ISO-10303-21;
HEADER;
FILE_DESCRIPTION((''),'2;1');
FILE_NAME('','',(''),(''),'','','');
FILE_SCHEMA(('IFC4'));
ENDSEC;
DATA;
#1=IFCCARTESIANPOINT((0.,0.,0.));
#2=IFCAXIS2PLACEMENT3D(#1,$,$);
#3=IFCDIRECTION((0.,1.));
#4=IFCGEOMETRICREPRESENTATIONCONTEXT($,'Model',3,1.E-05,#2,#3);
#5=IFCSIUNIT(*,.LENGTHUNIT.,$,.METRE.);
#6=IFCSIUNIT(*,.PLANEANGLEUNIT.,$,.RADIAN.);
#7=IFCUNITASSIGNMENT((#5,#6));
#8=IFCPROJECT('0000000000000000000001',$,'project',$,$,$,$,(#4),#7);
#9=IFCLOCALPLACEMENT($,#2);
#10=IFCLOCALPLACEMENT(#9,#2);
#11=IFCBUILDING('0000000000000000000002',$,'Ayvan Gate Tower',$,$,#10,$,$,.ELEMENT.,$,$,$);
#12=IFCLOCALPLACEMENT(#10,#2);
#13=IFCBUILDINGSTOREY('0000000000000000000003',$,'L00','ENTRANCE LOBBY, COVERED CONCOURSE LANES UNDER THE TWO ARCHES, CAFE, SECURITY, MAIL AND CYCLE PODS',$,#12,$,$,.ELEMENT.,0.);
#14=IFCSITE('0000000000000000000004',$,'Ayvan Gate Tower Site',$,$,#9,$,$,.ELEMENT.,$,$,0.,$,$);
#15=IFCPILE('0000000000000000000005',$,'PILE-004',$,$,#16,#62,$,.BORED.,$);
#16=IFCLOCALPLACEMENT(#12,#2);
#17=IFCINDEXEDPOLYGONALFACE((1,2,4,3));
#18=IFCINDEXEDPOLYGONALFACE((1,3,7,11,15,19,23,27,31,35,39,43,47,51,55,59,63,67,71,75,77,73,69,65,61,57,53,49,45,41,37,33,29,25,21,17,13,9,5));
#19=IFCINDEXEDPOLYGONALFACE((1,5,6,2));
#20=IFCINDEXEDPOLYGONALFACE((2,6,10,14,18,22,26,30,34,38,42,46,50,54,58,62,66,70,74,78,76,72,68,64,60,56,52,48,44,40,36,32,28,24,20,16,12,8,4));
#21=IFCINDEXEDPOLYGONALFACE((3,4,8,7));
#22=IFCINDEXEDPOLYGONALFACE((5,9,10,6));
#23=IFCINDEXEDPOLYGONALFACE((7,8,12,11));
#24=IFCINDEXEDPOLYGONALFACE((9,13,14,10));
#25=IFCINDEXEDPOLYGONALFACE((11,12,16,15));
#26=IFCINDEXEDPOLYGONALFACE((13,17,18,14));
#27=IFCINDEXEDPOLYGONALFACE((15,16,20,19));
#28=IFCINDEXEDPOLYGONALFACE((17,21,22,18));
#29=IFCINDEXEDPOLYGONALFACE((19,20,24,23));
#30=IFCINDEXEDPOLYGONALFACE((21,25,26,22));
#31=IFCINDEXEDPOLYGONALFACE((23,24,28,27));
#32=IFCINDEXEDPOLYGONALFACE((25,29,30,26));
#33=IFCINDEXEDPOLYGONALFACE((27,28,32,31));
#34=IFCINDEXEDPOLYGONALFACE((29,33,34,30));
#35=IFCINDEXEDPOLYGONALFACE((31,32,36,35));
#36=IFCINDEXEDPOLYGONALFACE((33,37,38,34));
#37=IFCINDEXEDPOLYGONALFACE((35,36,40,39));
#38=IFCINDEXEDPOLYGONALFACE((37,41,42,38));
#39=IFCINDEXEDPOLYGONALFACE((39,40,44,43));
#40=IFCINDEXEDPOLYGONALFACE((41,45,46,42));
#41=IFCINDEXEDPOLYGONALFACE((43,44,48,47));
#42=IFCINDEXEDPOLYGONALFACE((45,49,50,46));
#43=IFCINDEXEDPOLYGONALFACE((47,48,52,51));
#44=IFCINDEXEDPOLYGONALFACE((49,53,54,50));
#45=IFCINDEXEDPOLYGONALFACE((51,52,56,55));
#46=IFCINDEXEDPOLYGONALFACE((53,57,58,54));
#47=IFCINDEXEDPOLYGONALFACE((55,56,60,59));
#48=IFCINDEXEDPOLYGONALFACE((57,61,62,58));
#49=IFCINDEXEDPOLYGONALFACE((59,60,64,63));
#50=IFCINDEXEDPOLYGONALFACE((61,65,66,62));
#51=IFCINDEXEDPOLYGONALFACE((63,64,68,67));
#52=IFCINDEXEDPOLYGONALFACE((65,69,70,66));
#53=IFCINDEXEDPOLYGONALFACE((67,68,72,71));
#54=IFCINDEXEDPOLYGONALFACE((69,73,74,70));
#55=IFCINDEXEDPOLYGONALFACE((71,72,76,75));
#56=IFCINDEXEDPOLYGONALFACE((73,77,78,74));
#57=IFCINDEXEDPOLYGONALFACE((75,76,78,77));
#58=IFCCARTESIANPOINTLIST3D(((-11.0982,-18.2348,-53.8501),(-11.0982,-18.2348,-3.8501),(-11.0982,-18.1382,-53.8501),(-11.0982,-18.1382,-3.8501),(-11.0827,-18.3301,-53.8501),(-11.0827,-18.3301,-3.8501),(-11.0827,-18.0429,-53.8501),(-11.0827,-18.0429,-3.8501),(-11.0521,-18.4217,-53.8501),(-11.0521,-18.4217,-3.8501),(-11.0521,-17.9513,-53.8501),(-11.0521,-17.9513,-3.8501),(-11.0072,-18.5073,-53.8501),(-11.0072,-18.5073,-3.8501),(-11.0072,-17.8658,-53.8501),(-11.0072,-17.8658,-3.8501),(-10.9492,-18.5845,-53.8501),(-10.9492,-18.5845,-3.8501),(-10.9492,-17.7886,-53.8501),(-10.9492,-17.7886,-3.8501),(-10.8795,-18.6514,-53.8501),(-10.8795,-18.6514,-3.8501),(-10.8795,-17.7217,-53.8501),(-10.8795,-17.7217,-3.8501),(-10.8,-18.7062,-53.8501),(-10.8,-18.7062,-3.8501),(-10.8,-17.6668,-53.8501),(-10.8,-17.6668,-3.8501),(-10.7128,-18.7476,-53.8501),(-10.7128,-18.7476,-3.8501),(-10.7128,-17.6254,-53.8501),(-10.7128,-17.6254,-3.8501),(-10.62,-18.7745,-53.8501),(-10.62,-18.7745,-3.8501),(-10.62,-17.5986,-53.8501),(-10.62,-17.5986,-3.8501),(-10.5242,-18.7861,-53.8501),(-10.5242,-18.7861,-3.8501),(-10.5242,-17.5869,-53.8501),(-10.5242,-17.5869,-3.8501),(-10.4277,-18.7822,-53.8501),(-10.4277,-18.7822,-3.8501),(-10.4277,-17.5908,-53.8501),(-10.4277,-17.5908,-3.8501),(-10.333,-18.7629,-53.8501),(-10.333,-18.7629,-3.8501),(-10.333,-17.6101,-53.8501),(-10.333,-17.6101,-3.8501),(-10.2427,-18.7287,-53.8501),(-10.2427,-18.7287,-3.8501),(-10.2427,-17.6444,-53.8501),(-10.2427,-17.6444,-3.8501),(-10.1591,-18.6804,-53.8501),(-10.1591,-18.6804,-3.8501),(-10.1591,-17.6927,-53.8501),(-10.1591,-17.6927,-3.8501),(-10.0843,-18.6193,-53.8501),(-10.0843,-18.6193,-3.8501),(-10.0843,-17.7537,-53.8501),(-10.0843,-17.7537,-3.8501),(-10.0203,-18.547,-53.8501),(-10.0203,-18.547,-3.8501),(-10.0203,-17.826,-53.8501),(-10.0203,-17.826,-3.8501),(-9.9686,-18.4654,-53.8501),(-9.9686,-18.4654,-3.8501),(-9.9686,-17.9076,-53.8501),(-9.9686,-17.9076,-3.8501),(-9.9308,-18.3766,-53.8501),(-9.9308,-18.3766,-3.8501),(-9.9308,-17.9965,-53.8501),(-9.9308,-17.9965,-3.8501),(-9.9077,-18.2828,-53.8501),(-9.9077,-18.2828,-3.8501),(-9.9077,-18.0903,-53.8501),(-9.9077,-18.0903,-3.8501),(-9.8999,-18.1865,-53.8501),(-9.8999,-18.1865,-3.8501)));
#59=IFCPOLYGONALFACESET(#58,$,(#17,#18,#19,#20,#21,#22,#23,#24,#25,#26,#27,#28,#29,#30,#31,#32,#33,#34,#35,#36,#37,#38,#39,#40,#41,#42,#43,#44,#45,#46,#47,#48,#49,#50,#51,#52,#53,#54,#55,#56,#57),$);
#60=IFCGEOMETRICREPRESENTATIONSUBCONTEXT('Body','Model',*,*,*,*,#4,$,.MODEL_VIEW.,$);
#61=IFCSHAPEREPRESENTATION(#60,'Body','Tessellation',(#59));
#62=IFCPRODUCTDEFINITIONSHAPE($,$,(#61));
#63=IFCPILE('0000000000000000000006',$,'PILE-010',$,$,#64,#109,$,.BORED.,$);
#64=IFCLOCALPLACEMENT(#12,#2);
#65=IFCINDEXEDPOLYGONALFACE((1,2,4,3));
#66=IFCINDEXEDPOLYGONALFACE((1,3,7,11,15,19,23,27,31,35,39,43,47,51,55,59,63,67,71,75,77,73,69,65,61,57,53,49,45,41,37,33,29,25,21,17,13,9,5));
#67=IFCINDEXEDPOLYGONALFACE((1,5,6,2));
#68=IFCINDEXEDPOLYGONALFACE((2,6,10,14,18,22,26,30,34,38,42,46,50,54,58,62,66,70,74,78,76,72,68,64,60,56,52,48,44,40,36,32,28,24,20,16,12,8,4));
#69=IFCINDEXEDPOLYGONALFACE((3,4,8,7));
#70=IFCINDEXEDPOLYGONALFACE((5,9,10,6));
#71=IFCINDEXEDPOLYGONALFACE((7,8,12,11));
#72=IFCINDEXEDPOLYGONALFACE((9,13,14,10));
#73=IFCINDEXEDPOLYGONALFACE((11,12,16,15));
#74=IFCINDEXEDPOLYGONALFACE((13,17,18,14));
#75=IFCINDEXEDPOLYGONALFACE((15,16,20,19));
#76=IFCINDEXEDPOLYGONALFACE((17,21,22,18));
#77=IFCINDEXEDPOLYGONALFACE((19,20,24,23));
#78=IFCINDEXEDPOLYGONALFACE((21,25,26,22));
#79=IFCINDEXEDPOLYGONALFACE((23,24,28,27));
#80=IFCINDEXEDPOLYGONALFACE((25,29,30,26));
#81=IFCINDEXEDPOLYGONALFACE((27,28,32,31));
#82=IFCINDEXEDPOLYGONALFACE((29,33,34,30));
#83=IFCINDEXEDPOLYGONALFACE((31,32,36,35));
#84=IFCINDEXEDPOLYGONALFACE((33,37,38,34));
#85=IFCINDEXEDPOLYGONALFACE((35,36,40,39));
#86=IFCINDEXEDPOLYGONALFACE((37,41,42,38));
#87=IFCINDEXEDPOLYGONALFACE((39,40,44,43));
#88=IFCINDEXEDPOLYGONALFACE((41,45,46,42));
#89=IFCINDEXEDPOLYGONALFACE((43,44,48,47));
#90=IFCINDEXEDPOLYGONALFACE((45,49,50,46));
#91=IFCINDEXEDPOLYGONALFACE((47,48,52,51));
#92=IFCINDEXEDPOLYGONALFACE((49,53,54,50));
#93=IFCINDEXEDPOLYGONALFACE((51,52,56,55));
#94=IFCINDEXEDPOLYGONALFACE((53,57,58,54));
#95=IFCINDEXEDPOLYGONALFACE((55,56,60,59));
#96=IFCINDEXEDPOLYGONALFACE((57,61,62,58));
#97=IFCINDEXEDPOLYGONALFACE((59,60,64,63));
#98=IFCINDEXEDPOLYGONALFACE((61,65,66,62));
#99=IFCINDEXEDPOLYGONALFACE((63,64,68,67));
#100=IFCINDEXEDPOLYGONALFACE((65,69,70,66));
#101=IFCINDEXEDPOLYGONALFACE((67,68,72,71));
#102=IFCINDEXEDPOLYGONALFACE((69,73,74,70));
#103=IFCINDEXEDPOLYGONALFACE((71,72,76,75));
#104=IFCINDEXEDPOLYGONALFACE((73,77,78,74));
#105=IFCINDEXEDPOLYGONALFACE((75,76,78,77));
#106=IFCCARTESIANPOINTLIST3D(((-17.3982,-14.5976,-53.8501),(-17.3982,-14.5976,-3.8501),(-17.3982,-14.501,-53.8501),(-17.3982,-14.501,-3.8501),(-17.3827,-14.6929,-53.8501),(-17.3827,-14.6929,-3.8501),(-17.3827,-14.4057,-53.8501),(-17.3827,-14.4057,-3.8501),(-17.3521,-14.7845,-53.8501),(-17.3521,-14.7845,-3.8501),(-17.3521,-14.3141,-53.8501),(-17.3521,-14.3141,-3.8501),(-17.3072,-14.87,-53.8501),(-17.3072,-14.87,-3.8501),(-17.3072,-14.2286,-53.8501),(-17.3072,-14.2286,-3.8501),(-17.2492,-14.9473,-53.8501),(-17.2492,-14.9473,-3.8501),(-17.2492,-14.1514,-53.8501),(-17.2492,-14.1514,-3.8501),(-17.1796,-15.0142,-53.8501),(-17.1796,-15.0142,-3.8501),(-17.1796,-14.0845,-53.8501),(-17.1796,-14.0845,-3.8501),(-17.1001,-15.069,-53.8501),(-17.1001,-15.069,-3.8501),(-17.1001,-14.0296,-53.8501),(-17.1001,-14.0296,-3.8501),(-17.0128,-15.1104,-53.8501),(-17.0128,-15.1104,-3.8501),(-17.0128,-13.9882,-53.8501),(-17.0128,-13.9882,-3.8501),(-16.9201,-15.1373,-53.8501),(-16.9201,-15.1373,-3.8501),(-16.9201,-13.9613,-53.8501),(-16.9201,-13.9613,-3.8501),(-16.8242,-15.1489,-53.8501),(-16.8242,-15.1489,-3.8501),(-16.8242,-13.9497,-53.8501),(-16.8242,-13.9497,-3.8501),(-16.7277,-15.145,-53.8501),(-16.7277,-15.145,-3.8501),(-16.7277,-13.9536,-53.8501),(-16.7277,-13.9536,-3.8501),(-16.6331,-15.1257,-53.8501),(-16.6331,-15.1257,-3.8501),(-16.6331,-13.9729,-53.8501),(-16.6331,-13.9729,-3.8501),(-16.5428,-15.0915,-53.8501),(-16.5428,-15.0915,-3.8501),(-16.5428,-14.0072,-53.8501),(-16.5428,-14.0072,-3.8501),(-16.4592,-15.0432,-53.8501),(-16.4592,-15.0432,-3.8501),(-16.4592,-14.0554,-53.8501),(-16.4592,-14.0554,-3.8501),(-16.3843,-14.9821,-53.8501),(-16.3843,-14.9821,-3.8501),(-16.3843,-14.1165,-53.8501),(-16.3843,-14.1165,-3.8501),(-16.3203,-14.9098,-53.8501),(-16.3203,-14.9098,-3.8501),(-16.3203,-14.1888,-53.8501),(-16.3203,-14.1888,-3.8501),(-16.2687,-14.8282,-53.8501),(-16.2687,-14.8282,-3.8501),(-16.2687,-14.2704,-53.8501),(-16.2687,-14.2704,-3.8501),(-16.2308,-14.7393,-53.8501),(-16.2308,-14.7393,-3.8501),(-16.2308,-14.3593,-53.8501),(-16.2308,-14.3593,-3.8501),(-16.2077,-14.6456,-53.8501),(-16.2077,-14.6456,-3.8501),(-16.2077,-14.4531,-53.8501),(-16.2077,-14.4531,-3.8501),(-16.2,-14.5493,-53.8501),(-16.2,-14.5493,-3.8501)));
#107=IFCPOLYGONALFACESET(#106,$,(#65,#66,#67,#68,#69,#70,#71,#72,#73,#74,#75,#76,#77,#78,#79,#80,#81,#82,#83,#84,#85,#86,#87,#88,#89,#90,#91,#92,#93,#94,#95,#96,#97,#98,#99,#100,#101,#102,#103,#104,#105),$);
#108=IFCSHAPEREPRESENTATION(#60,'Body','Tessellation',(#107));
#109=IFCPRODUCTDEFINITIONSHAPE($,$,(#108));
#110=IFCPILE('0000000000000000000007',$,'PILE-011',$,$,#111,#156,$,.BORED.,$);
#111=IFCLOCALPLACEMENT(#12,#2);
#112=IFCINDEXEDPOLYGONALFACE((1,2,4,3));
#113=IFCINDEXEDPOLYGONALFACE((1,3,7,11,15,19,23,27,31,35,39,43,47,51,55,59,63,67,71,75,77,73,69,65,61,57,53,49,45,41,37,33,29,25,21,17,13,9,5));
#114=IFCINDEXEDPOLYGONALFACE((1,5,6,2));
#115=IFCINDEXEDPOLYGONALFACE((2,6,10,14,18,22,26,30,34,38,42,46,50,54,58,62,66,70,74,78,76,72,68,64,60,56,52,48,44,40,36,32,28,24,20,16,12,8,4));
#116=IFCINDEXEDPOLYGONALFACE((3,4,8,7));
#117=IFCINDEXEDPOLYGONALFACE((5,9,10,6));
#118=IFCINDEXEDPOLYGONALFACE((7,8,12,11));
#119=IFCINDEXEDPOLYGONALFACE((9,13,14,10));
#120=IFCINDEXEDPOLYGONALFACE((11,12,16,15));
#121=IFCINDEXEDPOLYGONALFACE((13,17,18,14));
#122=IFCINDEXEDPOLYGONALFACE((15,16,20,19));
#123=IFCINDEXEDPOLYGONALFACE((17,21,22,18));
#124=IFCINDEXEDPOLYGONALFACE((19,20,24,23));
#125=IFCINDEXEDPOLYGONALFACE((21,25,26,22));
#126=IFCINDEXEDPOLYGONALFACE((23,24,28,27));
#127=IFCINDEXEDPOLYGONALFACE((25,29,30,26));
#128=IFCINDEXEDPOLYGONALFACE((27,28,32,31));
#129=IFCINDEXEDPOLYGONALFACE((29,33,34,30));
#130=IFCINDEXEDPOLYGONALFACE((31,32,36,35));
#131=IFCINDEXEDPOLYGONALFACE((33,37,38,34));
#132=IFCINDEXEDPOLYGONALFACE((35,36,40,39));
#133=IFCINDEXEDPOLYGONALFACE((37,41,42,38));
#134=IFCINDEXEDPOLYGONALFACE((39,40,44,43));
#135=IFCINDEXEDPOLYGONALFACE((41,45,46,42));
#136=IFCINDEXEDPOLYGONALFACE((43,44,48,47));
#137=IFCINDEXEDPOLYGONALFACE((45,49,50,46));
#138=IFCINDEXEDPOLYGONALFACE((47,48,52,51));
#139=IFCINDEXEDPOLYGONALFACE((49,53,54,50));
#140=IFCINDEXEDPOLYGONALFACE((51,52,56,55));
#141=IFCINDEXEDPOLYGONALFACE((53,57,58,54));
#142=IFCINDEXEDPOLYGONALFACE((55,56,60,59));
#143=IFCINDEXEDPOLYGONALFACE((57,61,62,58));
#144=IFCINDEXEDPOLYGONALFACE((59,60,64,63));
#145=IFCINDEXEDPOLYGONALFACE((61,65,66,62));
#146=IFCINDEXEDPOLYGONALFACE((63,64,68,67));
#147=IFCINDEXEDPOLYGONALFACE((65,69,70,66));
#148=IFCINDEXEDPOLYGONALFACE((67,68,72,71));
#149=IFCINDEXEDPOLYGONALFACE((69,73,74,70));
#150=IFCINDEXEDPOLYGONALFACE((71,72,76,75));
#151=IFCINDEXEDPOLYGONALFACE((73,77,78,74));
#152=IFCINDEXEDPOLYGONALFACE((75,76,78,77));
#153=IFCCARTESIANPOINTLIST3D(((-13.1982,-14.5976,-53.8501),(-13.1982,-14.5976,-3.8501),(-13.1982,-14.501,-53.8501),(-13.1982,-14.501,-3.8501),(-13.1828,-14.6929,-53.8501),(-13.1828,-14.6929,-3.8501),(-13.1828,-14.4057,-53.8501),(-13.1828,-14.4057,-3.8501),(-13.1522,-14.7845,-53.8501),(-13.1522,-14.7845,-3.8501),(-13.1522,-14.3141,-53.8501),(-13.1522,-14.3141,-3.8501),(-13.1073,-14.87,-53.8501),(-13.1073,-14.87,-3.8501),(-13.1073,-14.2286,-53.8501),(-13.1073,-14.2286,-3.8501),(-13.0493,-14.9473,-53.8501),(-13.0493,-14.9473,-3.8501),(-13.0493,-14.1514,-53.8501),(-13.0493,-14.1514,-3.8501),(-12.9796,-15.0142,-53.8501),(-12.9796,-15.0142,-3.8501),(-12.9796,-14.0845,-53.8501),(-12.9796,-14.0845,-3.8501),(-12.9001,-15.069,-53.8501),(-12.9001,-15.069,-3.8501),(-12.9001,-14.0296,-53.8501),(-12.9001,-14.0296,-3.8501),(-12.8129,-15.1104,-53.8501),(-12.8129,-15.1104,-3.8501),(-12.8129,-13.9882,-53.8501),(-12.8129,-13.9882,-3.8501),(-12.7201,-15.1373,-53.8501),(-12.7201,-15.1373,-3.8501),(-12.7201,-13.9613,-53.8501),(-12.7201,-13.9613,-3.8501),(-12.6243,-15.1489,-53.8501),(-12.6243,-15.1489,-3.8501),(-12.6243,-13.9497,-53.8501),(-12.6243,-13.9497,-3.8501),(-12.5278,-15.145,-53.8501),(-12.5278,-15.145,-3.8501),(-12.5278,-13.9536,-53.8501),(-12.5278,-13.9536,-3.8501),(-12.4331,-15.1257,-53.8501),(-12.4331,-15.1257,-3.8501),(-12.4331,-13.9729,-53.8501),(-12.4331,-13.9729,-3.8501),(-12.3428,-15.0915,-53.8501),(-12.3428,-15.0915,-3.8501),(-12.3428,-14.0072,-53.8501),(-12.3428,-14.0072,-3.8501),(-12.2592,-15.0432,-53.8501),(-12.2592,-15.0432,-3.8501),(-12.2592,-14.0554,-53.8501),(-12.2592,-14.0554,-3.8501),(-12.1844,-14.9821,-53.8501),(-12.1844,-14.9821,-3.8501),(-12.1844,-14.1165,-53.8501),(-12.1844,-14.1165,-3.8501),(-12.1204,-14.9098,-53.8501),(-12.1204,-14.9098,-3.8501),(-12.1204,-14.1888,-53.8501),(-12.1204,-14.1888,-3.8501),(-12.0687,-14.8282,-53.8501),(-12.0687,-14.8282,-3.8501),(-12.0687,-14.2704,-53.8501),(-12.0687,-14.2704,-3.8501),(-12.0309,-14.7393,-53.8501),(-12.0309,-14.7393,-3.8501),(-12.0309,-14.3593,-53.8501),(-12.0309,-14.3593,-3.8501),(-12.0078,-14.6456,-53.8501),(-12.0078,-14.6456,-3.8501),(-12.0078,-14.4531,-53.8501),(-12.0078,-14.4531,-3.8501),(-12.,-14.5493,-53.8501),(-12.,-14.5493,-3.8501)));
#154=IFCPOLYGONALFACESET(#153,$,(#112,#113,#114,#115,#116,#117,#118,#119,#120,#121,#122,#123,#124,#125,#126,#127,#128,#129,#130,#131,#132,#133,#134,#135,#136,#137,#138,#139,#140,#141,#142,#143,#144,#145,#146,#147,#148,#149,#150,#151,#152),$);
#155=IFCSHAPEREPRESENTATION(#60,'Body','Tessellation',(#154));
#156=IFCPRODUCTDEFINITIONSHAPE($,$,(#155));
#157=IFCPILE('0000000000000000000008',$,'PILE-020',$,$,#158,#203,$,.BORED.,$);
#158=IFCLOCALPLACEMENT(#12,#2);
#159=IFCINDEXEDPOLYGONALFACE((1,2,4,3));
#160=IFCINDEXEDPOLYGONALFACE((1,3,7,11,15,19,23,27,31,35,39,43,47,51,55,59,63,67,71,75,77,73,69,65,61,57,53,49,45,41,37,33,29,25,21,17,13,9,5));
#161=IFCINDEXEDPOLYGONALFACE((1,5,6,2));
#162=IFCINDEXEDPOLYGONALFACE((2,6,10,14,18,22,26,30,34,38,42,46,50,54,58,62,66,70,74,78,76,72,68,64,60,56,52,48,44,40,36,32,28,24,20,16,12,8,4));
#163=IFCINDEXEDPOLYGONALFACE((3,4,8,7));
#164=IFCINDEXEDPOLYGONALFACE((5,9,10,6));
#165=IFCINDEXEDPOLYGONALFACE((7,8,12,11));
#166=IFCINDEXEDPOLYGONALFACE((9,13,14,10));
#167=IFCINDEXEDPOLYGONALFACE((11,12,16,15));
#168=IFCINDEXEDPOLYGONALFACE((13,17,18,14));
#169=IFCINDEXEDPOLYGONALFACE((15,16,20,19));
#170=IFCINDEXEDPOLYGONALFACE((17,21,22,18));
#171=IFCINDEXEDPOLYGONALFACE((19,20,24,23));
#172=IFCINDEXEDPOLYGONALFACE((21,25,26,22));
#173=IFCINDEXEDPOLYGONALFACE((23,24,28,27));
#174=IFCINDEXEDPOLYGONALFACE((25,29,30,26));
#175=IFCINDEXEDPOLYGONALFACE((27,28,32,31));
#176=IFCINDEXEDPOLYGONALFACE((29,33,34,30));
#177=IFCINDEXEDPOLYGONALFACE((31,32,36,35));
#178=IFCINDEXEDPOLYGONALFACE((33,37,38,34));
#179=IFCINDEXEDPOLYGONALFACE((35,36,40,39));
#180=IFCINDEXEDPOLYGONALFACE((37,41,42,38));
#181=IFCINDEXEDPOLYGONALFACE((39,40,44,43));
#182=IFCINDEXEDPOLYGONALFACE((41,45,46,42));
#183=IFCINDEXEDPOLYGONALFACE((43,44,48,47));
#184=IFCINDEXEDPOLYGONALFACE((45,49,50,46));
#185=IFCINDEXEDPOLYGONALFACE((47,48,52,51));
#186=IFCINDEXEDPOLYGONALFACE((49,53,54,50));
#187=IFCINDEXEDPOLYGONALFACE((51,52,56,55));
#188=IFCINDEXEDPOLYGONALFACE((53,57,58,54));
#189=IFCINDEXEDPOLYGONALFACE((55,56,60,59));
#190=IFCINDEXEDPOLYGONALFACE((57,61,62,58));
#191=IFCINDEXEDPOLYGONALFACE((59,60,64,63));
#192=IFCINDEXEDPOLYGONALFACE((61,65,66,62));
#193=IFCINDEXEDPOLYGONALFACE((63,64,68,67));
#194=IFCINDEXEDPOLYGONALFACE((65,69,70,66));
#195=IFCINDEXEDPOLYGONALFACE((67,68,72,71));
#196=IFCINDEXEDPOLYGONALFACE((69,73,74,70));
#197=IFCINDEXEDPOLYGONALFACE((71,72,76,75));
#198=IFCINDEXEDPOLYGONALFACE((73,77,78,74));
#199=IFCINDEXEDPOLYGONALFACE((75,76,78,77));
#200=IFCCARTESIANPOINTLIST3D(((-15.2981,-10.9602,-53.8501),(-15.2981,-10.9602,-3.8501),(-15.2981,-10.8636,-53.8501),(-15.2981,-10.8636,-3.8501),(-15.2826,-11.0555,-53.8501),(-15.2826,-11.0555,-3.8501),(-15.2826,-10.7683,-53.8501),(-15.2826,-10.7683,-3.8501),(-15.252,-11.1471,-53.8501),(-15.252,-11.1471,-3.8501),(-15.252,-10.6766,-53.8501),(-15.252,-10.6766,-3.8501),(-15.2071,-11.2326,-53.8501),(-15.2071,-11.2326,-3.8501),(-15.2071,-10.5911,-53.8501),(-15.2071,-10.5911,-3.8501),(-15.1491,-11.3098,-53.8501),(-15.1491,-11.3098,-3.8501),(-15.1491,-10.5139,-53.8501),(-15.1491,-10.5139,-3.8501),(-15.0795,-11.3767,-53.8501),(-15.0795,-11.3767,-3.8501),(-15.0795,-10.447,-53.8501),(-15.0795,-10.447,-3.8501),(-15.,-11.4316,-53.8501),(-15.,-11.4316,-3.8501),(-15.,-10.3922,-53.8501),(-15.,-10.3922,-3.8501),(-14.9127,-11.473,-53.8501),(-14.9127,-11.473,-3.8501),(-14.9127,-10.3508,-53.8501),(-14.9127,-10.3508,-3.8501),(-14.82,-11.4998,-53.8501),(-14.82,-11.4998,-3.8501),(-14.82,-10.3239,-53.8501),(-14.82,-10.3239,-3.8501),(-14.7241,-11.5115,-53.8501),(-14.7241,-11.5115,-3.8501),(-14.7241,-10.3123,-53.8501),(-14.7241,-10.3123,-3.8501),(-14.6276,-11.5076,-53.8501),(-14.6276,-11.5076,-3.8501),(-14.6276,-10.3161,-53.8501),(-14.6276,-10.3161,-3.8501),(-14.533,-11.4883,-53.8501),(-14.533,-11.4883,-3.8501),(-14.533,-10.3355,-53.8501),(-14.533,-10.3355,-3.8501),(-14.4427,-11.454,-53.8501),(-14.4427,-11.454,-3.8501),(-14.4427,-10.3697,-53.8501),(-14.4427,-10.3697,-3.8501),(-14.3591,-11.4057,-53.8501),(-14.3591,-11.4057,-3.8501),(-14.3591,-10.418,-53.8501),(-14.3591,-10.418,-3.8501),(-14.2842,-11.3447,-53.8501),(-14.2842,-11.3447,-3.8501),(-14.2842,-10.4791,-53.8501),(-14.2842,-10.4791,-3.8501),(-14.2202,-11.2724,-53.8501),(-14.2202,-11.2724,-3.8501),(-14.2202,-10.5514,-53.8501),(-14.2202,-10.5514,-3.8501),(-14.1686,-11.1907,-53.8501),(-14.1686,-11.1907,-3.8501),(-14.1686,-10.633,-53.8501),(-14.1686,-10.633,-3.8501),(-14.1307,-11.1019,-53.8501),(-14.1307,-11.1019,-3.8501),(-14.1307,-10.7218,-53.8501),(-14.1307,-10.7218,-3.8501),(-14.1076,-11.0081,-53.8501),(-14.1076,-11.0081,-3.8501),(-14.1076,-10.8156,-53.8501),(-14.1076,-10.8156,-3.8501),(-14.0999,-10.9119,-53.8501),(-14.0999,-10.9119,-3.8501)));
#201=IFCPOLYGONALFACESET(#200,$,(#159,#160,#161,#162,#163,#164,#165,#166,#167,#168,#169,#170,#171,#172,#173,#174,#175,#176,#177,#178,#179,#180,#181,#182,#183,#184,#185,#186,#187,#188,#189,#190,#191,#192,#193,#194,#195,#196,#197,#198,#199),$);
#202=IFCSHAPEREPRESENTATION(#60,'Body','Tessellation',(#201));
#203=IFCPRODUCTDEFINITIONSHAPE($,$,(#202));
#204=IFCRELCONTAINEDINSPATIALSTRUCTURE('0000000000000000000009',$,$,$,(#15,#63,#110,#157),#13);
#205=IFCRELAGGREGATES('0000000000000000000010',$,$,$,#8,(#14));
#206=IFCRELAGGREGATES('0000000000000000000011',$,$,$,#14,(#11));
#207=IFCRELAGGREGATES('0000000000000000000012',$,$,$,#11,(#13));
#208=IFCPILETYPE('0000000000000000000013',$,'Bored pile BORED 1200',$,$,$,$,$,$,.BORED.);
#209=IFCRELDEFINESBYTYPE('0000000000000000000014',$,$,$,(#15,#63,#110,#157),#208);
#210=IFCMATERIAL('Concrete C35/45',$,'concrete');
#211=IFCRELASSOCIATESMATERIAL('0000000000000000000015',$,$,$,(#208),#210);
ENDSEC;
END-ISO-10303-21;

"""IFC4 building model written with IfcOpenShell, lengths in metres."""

from ifc_helpers import new_model, si_unit, direction, frame, origin, origin_2d, place, context, subcontext, project, spatial, circle, extrude, material, material_profile, profile_set, type_object, element, save


model = new_model("IFC4")

# Units and contexts
model_context = context("Model", 3, precision=1e-05, world=origin(), true_north=direction((0.0, 1.0)))
body_context = subcontext(model_context, "Body", "Model", "MODEL_VIEW")
ifc_project = project(units=[si_unit("LENGTHUNIT", "METRE"), si_unit("PLANEANGLEUNIT", "RADIAN")], contexts=[model_context])

# Site, building, storey
site_placement = place(None, origin())
site = spatial("IfcSite", under=ifc_project, at=site_placement, Name="Ayvan Gate Tower Site", CompositionType="ELEMENT", RefElevation=0.0)
building_placement = place(site_placement, origin())
building = spatial("IfcBuilding", under=site, at=building_placement, Name="Ayvan Gate Tower", CompositionType="ELEMENT")
storey_placement = place(building_placement, origin())
storey = spatial("IfcBuildingStorey", under=building, at=storey_placement, Name="L00", Description="ENTRANCE LOBBY, COVERED CONCOURSE LANES UNDER THE TWO ARCHES, CAFE, SECURITY, MAIL AND CYCLE PODS", CompositionType="ELEMENT", Elevation=0.0)

# Piles
ifc_material_1 = material(Name="Concrete C35/45", Category="concrete")
ifc_material_profile_1 = material_profile(ifc_material_1, circle(Radius=0.6001, at=origin_2d()), Name="BORED 1200")
ifc_profile_set_1 = profile_set([ifc_material_profile_1], Name="Concrete C35/45")
pile_type = type_object("IfcPileType", Name="Bored pile BORED 1200", PredefinedType="BORED", material=ifc_profile_set_1)
for number, where, z_axis, x_axis, name in (
    (1, (-10.5, -18.1865, -3.8501), (0.0, 0.0, -1.0), (1.0, 0.0, 0.0), "PILE-004"),
    (2, (-16.8, -14.5493, -3.8501), (0.0, 0.0, -1.0), (1.0, 0.0, 0.0), "PILE-010"),
    (3, (-12.6001, -14.5493, -3.8501), (0.0, 0.0, -1.0), (1.0, 0.0, 0.0), "PILE-011"),
    (4, (-14.7, -10.9119, -3.8501), (0.0, 0.0, -1.0), (1.0, 0.0, 0.0), "PILE-020"),
):
    element("IfcPile", number, at=place(storey_placement, frame(where, z_axis=z_axis, x_axis=x_axis)), inside=storey, type_object=pile_type, Name=name, PredefinedType="BORED", context=body_context, shape_type="SweptSolid", body=[
        extrude(circle(Radius=0.6001, at=origin_2d()), origin(), (0.0, 0.0, 1.0), 50.0),
    ])

save(model, "model.ifc")
